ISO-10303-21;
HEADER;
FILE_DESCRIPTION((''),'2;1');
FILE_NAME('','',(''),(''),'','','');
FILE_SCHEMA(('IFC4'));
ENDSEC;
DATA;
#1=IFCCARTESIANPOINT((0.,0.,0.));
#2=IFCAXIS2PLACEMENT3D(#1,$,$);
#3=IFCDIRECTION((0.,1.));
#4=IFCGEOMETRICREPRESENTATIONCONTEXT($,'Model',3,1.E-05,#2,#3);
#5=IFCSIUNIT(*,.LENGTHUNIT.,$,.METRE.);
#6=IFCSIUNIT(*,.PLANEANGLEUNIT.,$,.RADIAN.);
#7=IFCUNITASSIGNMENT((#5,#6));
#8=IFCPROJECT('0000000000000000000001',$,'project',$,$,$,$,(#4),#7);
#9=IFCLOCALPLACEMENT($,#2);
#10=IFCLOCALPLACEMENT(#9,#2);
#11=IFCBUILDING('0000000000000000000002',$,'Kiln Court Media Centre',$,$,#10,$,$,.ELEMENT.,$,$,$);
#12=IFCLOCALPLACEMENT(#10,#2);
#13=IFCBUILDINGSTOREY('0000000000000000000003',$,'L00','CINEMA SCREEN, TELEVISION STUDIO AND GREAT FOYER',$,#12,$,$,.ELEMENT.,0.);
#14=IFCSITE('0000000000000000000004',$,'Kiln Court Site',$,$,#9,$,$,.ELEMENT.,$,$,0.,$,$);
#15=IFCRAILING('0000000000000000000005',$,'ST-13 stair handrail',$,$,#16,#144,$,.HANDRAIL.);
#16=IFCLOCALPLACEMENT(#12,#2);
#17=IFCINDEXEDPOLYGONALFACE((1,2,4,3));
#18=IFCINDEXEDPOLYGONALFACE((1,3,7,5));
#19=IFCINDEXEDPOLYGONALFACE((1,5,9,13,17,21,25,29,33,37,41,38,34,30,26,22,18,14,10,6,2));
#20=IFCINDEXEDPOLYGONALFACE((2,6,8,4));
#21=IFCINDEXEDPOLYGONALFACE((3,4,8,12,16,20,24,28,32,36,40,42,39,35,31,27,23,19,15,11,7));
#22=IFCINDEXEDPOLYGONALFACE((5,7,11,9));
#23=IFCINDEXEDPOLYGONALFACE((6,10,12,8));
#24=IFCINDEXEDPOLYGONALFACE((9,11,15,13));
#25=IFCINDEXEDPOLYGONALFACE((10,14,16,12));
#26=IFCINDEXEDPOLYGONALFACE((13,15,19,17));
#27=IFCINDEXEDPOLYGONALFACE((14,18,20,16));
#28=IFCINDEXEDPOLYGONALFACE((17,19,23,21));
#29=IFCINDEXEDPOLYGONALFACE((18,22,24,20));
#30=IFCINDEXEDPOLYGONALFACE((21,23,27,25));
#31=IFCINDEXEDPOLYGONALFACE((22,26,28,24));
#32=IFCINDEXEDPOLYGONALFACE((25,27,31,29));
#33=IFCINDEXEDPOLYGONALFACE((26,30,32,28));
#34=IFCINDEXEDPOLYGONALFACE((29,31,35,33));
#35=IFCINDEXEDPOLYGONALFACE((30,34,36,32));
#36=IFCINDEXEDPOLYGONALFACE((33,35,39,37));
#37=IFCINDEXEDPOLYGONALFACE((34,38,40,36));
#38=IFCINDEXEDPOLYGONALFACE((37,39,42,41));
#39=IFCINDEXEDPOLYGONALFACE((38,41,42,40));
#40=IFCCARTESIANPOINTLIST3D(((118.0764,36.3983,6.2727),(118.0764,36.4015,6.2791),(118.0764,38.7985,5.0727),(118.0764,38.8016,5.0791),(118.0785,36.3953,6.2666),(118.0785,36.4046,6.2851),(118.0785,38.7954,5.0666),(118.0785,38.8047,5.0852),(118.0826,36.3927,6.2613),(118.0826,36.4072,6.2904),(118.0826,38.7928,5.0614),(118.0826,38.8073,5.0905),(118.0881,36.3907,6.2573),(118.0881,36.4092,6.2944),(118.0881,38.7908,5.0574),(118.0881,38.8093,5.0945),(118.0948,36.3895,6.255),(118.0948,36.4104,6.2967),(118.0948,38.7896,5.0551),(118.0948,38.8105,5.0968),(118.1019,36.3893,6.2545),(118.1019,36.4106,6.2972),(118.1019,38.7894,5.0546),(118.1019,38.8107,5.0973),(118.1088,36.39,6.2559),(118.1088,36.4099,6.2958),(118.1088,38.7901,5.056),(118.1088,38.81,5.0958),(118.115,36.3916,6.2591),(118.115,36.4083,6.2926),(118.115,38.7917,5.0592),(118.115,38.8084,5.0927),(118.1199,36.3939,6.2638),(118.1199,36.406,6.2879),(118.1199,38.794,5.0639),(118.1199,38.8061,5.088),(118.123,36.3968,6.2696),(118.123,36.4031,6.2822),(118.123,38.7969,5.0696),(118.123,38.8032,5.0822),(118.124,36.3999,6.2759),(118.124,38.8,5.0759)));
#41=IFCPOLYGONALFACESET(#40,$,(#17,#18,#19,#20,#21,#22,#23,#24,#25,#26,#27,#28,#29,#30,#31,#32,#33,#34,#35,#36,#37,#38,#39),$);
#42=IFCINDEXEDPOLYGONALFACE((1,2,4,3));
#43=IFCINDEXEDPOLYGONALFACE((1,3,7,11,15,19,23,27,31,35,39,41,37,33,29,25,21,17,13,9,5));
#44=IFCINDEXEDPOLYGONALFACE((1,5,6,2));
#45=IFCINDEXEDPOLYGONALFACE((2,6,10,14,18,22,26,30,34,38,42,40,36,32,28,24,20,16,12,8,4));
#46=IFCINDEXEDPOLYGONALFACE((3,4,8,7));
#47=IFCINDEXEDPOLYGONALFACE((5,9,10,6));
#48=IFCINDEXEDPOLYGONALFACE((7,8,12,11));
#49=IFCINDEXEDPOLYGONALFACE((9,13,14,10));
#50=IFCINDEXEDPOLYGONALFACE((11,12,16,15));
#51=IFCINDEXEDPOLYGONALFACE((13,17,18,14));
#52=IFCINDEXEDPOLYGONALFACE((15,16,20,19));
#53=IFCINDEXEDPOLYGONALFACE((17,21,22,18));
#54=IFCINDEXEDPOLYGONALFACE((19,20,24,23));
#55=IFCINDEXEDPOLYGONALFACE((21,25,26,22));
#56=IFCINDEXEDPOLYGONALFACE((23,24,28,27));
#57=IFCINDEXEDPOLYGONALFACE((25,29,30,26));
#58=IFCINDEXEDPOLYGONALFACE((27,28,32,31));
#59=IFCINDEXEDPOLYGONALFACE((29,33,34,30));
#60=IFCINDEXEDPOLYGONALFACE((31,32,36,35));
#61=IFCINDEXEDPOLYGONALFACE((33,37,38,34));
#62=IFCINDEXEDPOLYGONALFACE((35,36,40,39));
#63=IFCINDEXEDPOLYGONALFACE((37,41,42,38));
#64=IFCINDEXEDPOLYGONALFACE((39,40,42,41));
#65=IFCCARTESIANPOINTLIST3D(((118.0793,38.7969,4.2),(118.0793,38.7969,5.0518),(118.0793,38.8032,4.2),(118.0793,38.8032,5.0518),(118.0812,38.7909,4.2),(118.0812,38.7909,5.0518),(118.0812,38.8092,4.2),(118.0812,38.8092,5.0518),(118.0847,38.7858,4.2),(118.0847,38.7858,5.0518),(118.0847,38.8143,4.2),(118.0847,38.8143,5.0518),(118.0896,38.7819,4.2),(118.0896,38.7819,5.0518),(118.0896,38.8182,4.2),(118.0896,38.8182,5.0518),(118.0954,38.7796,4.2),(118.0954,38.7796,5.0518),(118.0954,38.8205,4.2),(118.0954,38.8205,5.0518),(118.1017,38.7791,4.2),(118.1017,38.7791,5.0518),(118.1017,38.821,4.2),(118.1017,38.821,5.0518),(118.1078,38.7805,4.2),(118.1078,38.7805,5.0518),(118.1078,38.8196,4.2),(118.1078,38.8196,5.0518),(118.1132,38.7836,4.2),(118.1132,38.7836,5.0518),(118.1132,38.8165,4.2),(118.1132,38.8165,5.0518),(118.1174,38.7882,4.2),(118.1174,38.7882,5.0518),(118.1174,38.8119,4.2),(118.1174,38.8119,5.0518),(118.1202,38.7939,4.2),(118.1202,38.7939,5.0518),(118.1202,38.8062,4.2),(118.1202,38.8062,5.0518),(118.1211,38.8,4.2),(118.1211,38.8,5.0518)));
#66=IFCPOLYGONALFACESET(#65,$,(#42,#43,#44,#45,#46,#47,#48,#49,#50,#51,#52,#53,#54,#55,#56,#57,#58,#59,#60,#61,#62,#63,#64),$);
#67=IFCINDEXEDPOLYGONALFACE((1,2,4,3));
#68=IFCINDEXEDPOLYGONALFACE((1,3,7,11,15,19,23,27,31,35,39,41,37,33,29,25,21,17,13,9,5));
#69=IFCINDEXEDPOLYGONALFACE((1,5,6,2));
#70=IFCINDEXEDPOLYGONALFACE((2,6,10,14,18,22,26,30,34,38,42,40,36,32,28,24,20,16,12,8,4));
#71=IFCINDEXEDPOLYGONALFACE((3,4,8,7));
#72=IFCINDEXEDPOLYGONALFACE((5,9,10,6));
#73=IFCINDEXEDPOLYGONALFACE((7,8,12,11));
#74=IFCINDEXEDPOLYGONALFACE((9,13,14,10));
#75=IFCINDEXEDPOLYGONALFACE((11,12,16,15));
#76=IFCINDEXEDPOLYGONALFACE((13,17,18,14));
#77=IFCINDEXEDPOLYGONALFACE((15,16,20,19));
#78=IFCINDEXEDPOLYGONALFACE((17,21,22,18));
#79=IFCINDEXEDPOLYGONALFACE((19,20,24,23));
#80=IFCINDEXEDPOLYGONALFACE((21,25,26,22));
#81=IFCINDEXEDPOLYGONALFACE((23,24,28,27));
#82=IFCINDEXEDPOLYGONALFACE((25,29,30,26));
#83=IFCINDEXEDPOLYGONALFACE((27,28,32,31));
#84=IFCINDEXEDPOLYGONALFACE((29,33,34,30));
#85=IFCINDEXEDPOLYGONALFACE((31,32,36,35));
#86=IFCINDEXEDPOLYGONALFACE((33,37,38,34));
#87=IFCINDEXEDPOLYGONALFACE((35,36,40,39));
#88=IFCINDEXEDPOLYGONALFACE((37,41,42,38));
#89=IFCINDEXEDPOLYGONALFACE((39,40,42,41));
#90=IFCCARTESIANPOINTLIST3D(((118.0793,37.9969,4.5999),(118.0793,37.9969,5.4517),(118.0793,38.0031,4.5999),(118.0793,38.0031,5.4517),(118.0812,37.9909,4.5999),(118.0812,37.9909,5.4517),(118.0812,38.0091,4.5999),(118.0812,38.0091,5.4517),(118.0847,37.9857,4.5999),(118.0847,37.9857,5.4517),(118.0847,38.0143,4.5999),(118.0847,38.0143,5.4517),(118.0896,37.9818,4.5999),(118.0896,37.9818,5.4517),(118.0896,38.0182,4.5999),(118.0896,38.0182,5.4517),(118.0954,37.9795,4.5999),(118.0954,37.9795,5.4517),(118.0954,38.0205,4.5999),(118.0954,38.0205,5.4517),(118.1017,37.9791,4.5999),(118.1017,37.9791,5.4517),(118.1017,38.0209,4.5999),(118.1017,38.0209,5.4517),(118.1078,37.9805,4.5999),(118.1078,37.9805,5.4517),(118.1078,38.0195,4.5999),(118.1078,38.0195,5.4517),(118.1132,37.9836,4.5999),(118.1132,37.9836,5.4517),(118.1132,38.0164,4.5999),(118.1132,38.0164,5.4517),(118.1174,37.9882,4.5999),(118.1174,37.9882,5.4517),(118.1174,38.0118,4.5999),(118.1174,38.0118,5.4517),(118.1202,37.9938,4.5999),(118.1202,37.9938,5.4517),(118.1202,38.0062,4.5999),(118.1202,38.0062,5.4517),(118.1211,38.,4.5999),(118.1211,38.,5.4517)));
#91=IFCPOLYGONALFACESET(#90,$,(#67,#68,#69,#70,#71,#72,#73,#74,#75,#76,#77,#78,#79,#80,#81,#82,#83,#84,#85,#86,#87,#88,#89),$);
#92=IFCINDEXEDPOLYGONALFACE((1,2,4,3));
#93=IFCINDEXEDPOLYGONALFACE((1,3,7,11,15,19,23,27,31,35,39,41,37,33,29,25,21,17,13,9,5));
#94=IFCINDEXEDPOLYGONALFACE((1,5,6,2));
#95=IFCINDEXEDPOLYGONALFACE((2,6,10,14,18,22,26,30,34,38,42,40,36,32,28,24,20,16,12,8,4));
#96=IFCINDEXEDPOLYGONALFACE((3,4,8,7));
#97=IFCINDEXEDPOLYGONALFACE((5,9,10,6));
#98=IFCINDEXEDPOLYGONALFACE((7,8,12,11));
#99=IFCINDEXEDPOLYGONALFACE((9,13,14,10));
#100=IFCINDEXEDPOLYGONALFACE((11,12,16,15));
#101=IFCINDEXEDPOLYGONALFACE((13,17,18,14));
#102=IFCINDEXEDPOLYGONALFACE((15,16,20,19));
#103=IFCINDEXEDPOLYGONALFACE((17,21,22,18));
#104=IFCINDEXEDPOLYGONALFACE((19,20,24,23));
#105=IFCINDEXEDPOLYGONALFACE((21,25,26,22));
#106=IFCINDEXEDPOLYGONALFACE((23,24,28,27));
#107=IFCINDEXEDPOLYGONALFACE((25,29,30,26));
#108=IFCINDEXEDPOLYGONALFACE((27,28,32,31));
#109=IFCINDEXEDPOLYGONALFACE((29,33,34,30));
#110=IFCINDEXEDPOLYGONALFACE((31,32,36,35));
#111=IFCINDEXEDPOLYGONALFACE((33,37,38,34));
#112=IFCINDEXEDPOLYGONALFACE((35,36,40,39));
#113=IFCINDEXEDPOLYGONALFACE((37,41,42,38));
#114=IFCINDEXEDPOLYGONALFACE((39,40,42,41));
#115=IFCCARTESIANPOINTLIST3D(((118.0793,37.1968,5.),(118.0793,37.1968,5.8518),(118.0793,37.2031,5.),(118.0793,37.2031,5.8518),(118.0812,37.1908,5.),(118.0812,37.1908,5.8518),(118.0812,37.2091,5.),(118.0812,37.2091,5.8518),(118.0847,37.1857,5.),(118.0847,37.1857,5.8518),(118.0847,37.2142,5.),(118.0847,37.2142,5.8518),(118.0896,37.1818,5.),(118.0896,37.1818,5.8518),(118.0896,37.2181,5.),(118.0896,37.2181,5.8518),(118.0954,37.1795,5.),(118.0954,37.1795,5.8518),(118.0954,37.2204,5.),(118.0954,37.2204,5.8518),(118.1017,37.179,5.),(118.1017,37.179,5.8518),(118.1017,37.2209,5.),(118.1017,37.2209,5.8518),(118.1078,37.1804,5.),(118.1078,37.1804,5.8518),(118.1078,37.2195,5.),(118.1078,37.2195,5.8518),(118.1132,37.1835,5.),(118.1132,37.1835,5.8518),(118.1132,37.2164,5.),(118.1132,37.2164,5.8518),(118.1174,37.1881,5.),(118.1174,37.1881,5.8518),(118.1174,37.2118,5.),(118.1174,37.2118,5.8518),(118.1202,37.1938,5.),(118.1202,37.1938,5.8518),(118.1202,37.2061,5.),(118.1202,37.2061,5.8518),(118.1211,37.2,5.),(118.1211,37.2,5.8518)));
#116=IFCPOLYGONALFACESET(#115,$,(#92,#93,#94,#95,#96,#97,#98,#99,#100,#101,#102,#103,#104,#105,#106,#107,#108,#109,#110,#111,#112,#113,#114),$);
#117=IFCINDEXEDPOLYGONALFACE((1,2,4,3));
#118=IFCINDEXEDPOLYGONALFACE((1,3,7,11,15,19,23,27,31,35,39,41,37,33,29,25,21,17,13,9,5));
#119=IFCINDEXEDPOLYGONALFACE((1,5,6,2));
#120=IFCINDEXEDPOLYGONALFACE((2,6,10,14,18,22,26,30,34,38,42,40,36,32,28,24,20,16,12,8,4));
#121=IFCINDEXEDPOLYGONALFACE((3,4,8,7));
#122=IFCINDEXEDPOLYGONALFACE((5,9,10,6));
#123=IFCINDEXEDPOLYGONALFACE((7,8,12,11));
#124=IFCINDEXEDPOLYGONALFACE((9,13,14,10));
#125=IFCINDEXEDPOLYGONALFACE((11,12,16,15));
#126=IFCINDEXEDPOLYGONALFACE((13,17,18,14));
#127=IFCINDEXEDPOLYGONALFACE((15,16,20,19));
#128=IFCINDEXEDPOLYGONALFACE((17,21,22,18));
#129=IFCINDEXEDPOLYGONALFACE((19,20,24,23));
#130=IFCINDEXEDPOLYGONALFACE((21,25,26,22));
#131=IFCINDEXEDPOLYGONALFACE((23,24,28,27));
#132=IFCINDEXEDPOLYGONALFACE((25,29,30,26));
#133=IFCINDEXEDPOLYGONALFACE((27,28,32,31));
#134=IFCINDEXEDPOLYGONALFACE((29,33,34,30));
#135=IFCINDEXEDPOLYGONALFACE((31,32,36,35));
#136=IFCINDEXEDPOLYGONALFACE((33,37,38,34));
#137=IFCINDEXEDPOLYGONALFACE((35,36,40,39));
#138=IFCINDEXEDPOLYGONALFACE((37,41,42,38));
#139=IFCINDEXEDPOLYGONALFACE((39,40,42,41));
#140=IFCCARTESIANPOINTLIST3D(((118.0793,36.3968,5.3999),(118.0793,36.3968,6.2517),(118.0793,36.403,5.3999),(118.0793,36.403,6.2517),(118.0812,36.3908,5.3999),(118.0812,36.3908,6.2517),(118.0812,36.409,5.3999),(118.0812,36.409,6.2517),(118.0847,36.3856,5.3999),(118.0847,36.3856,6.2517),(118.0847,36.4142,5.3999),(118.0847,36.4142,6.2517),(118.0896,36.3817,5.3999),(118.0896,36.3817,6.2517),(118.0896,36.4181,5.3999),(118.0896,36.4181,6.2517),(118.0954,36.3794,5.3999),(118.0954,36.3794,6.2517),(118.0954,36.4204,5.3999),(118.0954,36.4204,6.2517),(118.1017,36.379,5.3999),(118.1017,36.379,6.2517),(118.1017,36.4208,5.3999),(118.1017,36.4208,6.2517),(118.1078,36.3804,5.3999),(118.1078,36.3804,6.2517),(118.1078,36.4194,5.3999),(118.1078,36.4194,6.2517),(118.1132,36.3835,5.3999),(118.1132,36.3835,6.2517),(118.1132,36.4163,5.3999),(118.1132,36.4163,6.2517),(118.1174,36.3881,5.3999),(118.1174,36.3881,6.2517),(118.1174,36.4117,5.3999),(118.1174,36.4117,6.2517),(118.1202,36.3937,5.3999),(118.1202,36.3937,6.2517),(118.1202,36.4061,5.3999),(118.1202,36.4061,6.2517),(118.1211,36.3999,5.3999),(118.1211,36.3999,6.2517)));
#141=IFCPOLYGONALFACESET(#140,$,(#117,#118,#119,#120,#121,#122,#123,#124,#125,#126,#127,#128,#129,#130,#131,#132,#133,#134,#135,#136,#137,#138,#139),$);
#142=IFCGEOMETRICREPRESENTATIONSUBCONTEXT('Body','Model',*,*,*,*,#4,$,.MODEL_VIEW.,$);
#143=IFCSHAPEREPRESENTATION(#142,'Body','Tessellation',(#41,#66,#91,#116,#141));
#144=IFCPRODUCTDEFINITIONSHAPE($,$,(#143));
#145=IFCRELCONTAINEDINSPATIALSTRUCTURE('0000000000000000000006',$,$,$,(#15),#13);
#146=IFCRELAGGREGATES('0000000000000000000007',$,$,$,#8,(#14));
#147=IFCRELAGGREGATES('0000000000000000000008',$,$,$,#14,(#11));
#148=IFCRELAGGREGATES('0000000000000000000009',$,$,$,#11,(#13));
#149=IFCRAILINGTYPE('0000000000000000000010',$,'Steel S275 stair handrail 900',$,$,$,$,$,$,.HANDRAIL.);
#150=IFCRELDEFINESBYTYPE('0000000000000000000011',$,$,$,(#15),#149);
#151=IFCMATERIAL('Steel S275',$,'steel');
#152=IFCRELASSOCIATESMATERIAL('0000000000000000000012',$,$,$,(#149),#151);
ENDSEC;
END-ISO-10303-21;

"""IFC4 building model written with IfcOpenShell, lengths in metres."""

from ifc_helpers import new_model, si_unit, direction, frame, origin, origin_2d, place, context, subcontext, project, spatial, circle, extrude, material, type_object, element, save


model = new_model("IFC4")

# Units and contexts
model_context = context("Model", 3, precision=1e-05, world=origin(), true_north=direction((0.0, 1.0)))
body_context = subcontext(model_context, "Body", "Model", "MODEL_VIEW")
ifc_project = project(units=[si_unit("LENGTHUNIT", "METRE"), si_unit("PLANEANGLEUNIT", "RADIAN")], contexts=[model_context])

# Site, building, storey
site_placement = place(None, origin())
site = spatial("IfcSite", under=ifc_project, at=site_placement, Name="Kiln Court Site", CompositionType="ELEMENT", RefElevation=0.0)
building_placement = place(site_placement, origin())
building = spatial("IfcBuilding", under=site, at=building_placement, Name="Kiln Court Media Centre", CompositionType="ELEMENT")
storey_placement = place(building_placement, origin())
storey = spatial("IfcBuildingStorey", under=building, at=storey_placement, Name="L00", Description="CINEMA SCREEN, TELEVISION STUDIO AND GREAT FOYER", CompositionType="ELEMENT", Elevation=0.0)

# Railing
ifc_material_1 = material(Name="Steel S275", Category="steel")
railing_type_1 = type_object("IfcRailingType", Name="Steel S275 stair handrail 900", PredefinedType="HANDRAIL", material=ifc_material_1)
for number, where, name in (
    (1, (118.1001, 38.8, 4.2), "ST-13 stair handrail"),
):
    element("IfcRailing", number, at=place(storey_placement, frame(where)), inside=storey, type_object=railing_type_1, Name=name, PredefinedType="HANDRAIL", context=body_context, shape_type="SweptSolid", body=[
        extrude(circle(Radius=0.0239, at=origin_2d()), frame((0.0, 0.0, 0.876), z_axis=(0.0, -0.894445, 0.447177), x_axis=(1.0, 0.0, 0.0)), (0.0, 0.0, 1.0), 2.6833),
        extrude(circle(Radius=0.021, at=origin_2d()), origin(), (0.0, 0.0, 1.0), 0.8518),
        extrude(circle(Radius=0.021, at=origin_2d()), frame((0.0, -0.8, 0.3999)), (0.0, 0.0, 1.0), 0.8518),
        extrude(circle(Radius=0.021, at=origin_2d()), frame((0.0, -1.6001, 0.8)), (0.0, 0.0, 1.0), 0.8518),
        extrude(circle(Radius=0.021, at=origin_2d()), frame((0.0, -2.4001, 1.2)), (0.0, 0.0, 1.0), 0.8518),
    ])

save(model, "model.ifc")
